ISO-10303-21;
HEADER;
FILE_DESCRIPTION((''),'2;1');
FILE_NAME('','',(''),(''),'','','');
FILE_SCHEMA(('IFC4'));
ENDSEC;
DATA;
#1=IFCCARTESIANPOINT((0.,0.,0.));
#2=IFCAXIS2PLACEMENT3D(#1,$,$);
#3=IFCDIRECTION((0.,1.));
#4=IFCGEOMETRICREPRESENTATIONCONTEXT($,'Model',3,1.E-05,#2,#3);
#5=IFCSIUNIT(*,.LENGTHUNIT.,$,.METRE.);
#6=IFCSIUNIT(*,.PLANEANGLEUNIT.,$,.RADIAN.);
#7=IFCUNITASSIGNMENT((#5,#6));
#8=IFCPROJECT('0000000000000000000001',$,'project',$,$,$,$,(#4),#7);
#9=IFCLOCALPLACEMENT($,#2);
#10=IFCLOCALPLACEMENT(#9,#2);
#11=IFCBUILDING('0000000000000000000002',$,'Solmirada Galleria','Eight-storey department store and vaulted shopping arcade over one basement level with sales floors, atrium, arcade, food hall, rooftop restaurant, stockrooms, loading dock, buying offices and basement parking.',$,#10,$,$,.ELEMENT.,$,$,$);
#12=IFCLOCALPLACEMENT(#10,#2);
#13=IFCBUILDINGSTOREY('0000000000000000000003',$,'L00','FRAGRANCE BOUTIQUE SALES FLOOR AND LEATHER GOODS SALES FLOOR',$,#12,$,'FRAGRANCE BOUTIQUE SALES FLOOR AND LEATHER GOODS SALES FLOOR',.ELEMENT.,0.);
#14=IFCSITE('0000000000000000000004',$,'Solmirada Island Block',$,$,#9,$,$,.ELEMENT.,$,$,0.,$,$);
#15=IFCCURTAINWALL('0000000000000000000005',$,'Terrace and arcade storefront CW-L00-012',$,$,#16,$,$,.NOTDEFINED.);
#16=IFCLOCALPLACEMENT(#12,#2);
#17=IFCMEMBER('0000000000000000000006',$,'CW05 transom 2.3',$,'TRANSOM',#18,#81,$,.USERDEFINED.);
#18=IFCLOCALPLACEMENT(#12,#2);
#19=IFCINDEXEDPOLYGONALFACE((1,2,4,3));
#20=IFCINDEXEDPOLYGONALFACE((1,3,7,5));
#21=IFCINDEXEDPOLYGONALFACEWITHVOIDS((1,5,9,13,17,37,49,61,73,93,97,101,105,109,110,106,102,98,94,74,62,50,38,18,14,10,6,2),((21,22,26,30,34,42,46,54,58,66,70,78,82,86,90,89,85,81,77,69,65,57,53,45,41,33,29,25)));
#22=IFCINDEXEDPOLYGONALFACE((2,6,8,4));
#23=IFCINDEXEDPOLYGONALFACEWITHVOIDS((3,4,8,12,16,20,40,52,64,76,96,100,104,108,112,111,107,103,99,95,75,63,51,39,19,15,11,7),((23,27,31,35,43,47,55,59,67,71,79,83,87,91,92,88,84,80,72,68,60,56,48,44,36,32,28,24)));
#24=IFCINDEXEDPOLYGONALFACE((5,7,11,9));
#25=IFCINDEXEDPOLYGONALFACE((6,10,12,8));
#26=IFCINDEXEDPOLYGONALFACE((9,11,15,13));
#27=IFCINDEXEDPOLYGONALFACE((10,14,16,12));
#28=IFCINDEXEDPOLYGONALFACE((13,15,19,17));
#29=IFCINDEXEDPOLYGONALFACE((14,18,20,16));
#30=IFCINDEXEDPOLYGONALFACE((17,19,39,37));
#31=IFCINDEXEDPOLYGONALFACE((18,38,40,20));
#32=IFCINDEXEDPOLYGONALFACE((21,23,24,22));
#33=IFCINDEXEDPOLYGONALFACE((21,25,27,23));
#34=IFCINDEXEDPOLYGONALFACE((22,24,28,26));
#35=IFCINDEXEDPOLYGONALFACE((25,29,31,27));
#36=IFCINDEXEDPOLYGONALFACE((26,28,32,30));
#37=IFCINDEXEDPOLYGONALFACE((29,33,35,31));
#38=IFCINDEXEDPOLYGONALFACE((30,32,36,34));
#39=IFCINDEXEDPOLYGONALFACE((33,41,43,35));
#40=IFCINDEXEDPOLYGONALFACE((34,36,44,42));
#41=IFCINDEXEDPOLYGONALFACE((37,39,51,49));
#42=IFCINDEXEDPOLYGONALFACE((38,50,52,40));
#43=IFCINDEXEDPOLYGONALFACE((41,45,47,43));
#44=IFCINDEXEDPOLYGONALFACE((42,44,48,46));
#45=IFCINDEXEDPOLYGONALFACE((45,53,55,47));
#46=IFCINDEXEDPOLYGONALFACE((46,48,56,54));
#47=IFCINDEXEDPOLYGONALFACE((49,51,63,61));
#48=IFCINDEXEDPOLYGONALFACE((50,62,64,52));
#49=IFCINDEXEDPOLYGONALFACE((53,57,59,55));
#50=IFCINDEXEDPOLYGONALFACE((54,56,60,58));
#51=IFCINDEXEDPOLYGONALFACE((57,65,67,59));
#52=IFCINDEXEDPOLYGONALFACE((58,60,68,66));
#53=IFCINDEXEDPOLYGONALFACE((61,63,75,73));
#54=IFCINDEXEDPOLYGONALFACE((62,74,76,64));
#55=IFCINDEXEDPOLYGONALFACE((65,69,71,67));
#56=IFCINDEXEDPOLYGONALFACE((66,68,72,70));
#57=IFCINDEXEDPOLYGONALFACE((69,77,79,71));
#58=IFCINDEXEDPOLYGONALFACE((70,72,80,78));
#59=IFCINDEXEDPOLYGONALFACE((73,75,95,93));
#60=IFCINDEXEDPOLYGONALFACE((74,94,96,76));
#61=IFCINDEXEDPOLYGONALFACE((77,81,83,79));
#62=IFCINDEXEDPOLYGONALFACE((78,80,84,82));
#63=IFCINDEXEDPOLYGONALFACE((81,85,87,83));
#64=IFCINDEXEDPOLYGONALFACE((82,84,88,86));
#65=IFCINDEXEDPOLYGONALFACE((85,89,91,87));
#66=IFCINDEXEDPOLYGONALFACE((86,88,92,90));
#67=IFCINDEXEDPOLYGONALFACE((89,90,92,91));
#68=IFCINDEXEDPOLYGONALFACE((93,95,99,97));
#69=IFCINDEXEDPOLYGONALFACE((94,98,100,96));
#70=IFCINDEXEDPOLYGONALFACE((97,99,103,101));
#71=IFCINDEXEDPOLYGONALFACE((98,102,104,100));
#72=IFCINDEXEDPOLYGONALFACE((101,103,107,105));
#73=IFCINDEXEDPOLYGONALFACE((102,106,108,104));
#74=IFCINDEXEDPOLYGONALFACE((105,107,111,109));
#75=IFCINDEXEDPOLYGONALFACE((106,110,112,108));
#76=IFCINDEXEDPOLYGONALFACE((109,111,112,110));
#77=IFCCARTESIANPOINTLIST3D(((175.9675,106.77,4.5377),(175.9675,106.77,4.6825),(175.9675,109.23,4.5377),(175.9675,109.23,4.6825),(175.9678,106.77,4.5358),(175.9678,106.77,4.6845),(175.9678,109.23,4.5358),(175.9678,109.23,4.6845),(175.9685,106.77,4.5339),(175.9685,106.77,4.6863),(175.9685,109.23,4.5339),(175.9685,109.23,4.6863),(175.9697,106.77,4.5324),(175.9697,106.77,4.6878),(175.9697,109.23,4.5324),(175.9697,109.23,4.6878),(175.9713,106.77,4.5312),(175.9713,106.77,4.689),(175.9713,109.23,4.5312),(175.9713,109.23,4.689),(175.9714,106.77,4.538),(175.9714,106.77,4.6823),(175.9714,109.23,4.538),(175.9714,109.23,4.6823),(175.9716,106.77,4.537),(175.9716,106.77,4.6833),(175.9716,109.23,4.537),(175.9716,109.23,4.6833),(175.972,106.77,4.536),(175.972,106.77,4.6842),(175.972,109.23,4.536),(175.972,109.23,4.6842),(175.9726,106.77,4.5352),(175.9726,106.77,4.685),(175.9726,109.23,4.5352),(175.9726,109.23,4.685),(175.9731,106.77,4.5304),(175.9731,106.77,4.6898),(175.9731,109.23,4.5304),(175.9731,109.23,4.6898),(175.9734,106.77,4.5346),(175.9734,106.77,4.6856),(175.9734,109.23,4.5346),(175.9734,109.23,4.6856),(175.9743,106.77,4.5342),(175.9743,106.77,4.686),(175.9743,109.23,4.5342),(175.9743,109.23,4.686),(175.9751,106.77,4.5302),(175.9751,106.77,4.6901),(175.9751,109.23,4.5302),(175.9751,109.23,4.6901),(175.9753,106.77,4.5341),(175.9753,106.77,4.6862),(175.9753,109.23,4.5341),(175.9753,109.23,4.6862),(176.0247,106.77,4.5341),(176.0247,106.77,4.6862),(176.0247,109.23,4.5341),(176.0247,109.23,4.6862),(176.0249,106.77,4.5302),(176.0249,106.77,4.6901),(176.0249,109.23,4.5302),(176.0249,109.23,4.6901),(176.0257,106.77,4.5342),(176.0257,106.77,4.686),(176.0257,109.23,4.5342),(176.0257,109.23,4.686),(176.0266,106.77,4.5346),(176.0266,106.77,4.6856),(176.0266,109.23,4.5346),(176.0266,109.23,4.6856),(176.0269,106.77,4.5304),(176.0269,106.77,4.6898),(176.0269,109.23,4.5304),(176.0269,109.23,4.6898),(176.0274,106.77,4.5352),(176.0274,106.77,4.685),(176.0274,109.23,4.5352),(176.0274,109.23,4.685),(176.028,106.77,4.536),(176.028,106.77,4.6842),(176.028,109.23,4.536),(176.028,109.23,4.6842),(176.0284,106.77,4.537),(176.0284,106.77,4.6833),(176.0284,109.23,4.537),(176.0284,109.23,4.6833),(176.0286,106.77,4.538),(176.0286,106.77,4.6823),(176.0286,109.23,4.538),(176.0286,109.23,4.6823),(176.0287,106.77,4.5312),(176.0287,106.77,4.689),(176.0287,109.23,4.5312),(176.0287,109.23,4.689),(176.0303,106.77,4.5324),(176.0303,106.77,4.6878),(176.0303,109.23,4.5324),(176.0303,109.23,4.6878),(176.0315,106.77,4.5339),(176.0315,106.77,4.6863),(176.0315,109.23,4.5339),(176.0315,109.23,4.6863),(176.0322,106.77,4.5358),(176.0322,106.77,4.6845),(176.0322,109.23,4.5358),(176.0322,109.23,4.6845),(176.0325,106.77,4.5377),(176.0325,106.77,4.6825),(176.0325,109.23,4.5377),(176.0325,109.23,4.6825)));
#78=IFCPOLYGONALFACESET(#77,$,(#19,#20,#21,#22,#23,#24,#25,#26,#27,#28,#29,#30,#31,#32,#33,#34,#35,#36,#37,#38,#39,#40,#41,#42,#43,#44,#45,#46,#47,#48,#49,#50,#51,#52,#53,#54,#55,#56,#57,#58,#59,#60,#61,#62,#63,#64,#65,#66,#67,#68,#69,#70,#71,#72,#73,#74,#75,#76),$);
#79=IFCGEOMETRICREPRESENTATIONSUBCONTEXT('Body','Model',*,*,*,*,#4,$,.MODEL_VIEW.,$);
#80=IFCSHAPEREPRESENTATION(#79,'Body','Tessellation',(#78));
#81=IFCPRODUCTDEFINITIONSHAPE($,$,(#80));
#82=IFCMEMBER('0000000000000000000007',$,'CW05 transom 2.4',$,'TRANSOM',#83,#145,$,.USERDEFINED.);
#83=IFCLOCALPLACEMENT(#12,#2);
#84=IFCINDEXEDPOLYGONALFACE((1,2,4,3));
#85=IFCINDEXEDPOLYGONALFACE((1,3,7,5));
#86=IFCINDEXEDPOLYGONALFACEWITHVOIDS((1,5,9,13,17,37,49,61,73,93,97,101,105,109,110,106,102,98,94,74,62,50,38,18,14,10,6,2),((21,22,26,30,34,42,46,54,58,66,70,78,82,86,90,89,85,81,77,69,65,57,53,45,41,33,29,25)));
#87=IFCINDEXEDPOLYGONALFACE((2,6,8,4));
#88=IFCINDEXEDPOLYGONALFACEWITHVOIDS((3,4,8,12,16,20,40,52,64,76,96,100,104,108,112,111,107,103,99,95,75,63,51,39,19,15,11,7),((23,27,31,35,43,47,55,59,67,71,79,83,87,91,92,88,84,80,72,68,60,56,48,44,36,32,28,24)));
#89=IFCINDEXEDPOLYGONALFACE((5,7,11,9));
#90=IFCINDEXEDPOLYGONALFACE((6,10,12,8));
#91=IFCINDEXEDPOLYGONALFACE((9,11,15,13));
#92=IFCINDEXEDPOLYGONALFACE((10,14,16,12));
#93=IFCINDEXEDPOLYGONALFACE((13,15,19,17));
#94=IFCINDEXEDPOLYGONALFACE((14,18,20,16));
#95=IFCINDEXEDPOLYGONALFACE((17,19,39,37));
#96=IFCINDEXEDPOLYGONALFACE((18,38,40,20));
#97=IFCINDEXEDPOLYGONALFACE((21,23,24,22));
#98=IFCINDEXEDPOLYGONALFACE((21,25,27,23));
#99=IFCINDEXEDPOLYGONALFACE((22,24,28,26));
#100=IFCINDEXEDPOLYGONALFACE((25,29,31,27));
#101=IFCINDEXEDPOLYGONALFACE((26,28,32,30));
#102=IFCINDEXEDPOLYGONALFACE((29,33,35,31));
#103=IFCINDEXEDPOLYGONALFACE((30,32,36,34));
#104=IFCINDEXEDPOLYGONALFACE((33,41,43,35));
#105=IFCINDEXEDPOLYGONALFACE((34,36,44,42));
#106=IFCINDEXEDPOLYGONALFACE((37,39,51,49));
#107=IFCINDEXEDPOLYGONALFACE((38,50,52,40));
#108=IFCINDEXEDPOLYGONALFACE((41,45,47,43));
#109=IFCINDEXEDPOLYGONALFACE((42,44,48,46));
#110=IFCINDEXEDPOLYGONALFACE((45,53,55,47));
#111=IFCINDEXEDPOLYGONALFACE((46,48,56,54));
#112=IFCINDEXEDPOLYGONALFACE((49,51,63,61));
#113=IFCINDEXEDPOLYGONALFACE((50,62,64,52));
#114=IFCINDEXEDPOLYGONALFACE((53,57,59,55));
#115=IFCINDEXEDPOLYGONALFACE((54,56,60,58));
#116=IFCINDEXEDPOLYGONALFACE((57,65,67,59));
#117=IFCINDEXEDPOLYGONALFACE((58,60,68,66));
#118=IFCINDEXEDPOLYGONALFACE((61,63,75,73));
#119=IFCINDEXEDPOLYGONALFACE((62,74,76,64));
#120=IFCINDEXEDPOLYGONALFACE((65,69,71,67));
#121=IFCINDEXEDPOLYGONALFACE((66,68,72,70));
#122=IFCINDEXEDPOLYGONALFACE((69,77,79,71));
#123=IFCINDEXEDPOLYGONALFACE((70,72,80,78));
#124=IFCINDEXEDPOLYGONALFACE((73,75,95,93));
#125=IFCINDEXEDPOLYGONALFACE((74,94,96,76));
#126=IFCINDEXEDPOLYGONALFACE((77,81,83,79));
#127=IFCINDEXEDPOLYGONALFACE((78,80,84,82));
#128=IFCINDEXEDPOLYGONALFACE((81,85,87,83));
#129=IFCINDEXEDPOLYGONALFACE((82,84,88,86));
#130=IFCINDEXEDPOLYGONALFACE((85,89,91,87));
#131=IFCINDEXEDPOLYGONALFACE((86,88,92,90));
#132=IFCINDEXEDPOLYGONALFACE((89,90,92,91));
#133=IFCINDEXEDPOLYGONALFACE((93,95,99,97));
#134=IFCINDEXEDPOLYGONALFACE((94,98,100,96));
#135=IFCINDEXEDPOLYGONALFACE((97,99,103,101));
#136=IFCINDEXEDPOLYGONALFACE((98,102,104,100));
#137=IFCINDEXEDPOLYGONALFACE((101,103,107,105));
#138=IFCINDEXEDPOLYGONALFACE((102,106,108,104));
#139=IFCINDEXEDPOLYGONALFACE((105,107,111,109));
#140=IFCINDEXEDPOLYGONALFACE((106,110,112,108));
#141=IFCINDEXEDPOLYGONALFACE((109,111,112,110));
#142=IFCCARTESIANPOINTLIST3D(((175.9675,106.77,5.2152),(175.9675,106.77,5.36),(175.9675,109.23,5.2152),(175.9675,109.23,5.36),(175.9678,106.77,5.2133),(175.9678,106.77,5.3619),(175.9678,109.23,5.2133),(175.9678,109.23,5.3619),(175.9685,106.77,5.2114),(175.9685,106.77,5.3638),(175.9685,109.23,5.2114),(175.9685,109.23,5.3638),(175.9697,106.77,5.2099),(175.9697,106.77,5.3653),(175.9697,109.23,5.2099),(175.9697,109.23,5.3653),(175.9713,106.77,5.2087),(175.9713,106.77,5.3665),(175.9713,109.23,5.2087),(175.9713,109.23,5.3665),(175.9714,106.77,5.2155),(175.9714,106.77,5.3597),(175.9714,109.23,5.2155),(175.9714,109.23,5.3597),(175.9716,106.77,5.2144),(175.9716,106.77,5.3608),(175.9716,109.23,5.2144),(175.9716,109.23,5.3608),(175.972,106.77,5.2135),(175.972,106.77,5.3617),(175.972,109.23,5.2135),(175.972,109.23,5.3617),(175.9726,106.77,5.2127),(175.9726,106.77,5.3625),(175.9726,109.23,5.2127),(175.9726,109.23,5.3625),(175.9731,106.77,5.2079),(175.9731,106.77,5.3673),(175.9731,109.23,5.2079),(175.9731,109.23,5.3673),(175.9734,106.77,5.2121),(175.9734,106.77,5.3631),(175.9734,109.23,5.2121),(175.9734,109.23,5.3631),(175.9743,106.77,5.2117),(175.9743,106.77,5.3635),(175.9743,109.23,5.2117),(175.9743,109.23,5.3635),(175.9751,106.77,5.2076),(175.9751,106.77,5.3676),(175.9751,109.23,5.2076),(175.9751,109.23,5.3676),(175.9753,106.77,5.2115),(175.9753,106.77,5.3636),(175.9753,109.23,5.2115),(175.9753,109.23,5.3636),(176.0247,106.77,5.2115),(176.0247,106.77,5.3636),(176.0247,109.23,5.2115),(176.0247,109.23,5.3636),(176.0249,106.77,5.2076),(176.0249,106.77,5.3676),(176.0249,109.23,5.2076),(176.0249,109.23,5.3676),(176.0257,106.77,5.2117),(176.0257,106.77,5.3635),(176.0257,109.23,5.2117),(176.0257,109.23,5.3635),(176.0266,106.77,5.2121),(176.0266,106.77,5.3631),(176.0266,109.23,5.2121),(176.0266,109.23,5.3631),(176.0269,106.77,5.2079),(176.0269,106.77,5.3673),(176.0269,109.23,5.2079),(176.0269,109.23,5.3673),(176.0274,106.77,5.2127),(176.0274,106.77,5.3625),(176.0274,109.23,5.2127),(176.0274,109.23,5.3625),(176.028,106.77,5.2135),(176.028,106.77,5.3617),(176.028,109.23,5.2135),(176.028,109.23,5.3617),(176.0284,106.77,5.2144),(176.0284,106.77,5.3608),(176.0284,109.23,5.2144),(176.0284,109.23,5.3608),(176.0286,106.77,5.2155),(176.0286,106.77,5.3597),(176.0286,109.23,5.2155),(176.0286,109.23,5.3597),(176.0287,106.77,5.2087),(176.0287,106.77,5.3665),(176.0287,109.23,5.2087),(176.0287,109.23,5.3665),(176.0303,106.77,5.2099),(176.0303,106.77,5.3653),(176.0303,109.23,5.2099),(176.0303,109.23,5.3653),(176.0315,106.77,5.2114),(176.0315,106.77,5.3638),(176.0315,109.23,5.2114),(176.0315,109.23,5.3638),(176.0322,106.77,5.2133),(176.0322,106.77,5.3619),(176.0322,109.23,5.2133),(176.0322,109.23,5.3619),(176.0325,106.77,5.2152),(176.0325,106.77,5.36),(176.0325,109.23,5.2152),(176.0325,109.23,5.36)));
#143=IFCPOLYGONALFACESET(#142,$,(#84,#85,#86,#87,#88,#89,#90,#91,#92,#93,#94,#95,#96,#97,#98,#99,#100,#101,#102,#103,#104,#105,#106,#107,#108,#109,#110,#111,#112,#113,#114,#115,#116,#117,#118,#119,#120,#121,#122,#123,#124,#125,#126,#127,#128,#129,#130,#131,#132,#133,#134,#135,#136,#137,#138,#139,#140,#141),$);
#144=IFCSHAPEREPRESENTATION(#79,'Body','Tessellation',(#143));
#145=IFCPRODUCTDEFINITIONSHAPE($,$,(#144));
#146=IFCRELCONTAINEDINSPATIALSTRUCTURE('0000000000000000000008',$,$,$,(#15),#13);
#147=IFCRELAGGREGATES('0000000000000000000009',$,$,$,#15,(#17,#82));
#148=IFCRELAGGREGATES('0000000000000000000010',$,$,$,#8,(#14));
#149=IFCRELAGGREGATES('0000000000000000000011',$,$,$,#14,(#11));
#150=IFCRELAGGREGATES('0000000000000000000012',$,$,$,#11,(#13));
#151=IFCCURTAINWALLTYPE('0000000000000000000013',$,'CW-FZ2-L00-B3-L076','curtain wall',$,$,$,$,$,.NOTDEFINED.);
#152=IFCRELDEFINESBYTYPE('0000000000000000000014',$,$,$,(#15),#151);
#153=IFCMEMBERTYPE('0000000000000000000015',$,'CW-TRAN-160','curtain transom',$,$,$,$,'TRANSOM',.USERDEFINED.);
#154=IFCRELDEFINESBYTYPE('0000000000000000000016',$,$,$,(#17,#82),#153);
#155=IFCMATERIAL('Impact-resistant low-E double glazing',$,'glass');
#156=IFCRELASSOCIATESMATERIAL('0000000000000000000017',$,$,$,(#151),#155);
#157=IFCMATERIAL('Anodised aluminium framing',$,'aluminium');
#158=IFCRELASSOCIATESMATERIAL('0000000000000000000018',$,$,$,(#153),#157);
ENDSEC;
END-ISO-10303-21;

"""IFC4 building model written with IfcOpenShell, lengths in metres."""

from ifc_helpers import new_model, si_unit, direction, frame, origin, origin_2d, place, context, subcontext, project, spatial, hollow_rectangle, extrude, material, material_profile, profile_set, type_object, element, aggregate, save


model = new_model("IFC4")

# Units and contexts
model_context = context("Model", 3, precision=1e-05, world=origin(), true_north=direction((0.0, 1.0)))
body_context = subcontext(model_context, "Body", "Model", "MODEL_VIEW")
ifc_project = project(units=[si_unit("LENGTHUNIT", "METRE"), si_unit("PLANEANGLEUNIT", "RADIAN")], contexts=[model_context])

# Site, building, storey
site_placement = place(None, origin())
site = spatial("IfcSite", under=ifc_project, at=site_placement, Name="Solmirada Island Block", CompositionType="ELEMENT", RefElevation=0.0)
building_placement = place(site_placement, origin())
building = spatial("IfcBuilding", under=site, at=building_placement, Name="Solmirada Galleria", Description="Eight-storey department store and vaulted shopping arcade over one basement level with sales floors, atrium, arcade, food hall, rooftop restaurant, stockrooms, loading dock, buying offices and basement parking.", CompositionType="ELEMENT")
storey_placement = place(building_placement, origin())
storey = spatial("IfcBuildingStorey", under=building, at=storey_placement, Name="L00", Description="FRAGRANCE BOUTIQUE SALES FLOOR AND LEATHER GOODS SALES FLOOR", LongName="FRAGRANCE BOUTIQUE SALES FLOOR AND LEATHER GOODS SALES FLOOR", CompositionType="ELEMENT", Elevation=0.0)

# Curtain wall, members
ifc_material_1 = material(Name="Impact-resistant low-E double glazing", Category="glass")
curtain_wall_type = type_object("IfcCurtainWallType", Name="CW-FZ2-L00-B3-L076", Description="curtain wall", PredefinedType="NOTDEFINED", material=ifc_material_1)
curtain_wall_placement = place(storey_placement, origin())
curtain_wall = element("IfcCurtainWall", 1, at=curtain_wall_placement, inside=storey, type_object=curtain_wall_type, Name="Terrace and arcade storefront CW-L00-012", PredefinedType="NOTDEFINED")
ifc_material_2 = material(Name="Anodised aluminium framing", Category="aluminium")
ifc_material_profile_1 = material_profile(ifc_material_2, hollow_rectangle(XDim=0.0649, YDim=0.1599, WallThickness=0.0039, InnerFilletRadius=0.0039, OuterFilletRadius=0.0076, at=origin_2d()), Name="ALU-TRAN-160X65")
ifc_profile_set_1 = profile_set([ifc_material_profile_1], Name="Anodised aluminium framing")
member_type_1 = type_object("IfcMemberType", Name="CW-TRAN-160", Description="curtain transom", ElementType="TRANSOM", PredefinedType="USERDEFINED", material=ifc_profile_set_1)
member_1_placement = place(storey_placement, frame((176.0, 109.23, 4.6101), z_axis=(0.0, -1.0, 0.0), x_axis=(1.0, 0.0, 0.0)))
member_1 = element("IfcMember", 2, at=member_1_placement, type_object=member_type_1, Name="CW05 transom 2.3", ObjectType="TRANSOM", PredefinedType="USERDEFINED", context=body_context, shape_type="SweptSolid", body=[
    extrude(hollow_rectangle(XDim=0.0649, YDim=0.1599, WallThickness=0.0039, InnerFilletRadius=0.0039, OuterFilletRadius=0.0076, at=origin_2d()), origin(), (0.0, 0.0, 1.0), 2.46),
])
member_2_placement = place(storey_placement, frame((176.0, 109.23, 5.2876), z_axis=(0.0, -1.0, 0.0), x_axis=(1.0, 0.0, 0.0)))
member_2 = element("IfcMember", 3, at=member_2_placement, type_object=member_type_1, Name="CW05 transom 2.4", ObjectType="TRANSOM", PredefinedType="USERDEFINED", context=body_context, shape_type="SweptSolid", body=[
    extrude(hollow_rectangle(XDim=0.0649, YDim=0.1599, WallThickness=0.0039, InnerFilletRadius=0.0039, OuterFilletRadius=0.0076, at=origin_2d()), origin(), (0.0, 0.0, 1.0), 2.46),
])
aggregate(curtain_wall, [member_1, member_2])

save(model, "model.ifc")
